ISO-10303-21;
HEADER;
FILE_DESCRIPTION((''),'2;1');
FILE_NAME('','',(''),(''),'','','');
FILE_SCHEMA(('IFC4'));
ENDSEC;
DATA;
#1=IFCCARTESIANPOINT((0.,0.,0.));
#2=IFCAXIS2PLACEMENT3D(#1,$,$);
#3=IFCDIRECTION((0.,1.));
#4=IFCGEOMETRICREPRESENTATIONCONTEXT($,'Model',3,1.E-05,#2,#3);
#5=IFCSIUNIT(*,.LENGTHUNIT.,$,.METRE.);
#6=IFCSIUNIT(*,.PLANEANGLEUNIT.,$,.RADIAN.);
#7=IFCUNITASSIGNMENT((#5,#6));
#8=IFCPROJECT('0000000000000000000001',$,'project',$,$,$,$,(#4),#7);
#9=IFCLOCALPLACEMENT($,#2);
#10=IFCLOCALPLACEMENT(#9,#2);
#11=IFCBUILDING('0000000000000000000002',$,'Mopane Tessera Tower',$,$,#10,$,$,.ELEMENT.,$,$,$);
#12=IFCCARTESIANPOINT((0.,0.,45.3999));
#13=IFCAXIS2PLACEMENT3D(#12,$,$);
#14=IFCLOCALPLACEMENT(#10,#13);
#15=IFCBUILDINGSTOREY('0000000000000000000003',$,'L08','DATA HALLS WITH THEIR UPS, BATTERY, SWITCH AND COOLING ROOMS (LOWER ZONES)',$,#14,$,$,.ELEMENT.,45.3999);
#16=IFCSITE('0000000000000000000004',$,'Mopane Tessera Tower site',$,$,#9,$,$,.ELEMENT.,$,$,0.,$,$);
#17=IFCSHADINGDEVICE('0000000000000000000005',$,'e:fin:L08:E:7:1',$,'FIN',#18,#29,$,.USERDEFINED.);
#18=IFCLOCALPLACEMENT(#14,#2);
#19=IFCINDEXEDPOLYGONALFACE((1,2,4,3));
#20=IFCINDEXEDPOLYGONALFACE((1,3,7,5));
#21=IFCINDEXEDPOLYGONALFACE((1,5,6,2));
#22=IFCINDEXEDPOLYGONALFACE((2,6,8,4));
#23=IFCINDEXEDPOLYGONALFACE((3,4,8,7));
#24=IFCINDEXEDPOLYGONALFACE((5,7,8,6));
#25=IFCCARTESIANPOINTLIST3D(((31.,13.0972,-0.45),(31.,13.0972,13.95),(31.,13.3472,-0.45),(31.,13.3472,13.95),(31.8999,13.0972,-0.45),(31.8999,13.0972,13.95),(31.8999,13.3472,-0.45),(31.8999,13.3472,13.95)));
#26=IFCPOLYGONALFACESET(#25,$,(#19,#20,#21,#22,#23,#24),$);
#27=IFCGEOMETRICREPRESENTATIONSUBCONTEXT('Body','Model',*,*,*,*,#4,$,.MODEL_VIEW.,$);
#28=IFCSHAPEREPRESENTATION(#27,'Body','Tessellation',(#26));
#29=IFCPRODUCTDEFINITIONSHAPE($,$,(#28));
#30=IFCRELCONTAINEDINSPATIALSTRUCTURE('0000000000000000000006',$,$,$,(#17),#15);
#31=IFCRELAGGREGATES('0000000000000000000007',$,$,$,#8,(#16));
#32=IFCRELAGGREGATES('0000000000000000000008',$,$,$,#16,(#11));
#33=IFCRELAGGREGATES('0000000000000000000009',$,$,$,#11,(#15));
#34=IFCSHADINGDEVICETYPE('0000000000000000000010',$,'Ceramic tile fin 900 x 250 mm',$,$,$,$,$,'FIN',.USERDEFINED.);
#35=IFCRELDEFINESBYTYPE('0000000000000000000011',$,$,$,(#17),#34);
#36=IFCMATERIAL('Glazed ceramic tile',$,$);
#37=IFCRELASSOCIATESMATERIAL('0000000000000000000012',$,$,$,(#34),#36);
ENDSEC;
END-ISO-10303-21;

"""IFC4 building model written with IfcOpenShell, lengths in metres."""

from ifc_helpers import new_model, si_unit, direction, frame, origin, origin_2d, place, context, subcontext, project, spatial, rectangle, extrude, material, type_object, element, save


model = new_model("IFC4")

# Units and contexts
model_context = context("Model", 3, precision=1e-05, world=origin(), true_north=direction((0.0, 1.0)))
body_context = subcontext(model_context, "Body", "Model", "MODEL_VIEW")
ifc_project = project(units=[si_unit("LENGTHUNIT", "METRE"), si_unit("PLANEANGLEUNIT", "RADIAN")], contexts=[model_context])

# Site, building, storey
site_placement = place(None, origin())
site = spatial("IfcSite", under=ifc_project, at=site_placement, Name="Mopane Tessera Tower site", CompositionType="ELEMENT", RefElevation=0.0)
building_placement = place(site_placement, origin())
building = spatial("IfcBuilding", under=site, at=building_placement, Name="Mopane Tessera Tower", CompositionType="ELEMENT")
storey_placement = place(building_placement, frame((0.0, 0.0, 45.3999)))
storey = spatial("IfcBuildingStorey", under=building, at=storey_placement, Name="L08", Description="DATA HALLS WITH THEIR UPS, BATTERY, SWITCH AND COOLING ROOMS (LOWER ZONES)", CompositionType="ELEMENT", Elevation=45.3999)

# Shading device
ifc_material_1 = material(Name="Glazed ceramic tile")
shading_device_type = type_object("IfcShadingDeviceType", Name="Ceramic tile fin 900 x 250 mm", ElementType="FIN", PredefinedType="USERDEFINED", material=ifc_material_1)
for number, where, z_axis, x_axis, name in (
    (1, (31.45, 13.2222, -0.45), (0.0, 0.0, 1.0), (0.0, 1.0, 0.0), "e:fin:L08:E:7:1"),
):
    element("IfcShadingDevice", number, at=place(storey_placement, frame(where, z_axis=z_axis, x_axis=x_axis)), inside=storey, type_object=shading_device_type, Name=name, ObjectType="FIN", PredefinedType="USERDEFINED", context=body_context, shape_type="SweptSolid", body=[
        extrude(rectangle(XDim=0.25, YDim=0.8999, at=origin_2d()), origin(), (0.0, 0.0, 1.0), 14.3999),
    ])

save(model, "model.ifc")
